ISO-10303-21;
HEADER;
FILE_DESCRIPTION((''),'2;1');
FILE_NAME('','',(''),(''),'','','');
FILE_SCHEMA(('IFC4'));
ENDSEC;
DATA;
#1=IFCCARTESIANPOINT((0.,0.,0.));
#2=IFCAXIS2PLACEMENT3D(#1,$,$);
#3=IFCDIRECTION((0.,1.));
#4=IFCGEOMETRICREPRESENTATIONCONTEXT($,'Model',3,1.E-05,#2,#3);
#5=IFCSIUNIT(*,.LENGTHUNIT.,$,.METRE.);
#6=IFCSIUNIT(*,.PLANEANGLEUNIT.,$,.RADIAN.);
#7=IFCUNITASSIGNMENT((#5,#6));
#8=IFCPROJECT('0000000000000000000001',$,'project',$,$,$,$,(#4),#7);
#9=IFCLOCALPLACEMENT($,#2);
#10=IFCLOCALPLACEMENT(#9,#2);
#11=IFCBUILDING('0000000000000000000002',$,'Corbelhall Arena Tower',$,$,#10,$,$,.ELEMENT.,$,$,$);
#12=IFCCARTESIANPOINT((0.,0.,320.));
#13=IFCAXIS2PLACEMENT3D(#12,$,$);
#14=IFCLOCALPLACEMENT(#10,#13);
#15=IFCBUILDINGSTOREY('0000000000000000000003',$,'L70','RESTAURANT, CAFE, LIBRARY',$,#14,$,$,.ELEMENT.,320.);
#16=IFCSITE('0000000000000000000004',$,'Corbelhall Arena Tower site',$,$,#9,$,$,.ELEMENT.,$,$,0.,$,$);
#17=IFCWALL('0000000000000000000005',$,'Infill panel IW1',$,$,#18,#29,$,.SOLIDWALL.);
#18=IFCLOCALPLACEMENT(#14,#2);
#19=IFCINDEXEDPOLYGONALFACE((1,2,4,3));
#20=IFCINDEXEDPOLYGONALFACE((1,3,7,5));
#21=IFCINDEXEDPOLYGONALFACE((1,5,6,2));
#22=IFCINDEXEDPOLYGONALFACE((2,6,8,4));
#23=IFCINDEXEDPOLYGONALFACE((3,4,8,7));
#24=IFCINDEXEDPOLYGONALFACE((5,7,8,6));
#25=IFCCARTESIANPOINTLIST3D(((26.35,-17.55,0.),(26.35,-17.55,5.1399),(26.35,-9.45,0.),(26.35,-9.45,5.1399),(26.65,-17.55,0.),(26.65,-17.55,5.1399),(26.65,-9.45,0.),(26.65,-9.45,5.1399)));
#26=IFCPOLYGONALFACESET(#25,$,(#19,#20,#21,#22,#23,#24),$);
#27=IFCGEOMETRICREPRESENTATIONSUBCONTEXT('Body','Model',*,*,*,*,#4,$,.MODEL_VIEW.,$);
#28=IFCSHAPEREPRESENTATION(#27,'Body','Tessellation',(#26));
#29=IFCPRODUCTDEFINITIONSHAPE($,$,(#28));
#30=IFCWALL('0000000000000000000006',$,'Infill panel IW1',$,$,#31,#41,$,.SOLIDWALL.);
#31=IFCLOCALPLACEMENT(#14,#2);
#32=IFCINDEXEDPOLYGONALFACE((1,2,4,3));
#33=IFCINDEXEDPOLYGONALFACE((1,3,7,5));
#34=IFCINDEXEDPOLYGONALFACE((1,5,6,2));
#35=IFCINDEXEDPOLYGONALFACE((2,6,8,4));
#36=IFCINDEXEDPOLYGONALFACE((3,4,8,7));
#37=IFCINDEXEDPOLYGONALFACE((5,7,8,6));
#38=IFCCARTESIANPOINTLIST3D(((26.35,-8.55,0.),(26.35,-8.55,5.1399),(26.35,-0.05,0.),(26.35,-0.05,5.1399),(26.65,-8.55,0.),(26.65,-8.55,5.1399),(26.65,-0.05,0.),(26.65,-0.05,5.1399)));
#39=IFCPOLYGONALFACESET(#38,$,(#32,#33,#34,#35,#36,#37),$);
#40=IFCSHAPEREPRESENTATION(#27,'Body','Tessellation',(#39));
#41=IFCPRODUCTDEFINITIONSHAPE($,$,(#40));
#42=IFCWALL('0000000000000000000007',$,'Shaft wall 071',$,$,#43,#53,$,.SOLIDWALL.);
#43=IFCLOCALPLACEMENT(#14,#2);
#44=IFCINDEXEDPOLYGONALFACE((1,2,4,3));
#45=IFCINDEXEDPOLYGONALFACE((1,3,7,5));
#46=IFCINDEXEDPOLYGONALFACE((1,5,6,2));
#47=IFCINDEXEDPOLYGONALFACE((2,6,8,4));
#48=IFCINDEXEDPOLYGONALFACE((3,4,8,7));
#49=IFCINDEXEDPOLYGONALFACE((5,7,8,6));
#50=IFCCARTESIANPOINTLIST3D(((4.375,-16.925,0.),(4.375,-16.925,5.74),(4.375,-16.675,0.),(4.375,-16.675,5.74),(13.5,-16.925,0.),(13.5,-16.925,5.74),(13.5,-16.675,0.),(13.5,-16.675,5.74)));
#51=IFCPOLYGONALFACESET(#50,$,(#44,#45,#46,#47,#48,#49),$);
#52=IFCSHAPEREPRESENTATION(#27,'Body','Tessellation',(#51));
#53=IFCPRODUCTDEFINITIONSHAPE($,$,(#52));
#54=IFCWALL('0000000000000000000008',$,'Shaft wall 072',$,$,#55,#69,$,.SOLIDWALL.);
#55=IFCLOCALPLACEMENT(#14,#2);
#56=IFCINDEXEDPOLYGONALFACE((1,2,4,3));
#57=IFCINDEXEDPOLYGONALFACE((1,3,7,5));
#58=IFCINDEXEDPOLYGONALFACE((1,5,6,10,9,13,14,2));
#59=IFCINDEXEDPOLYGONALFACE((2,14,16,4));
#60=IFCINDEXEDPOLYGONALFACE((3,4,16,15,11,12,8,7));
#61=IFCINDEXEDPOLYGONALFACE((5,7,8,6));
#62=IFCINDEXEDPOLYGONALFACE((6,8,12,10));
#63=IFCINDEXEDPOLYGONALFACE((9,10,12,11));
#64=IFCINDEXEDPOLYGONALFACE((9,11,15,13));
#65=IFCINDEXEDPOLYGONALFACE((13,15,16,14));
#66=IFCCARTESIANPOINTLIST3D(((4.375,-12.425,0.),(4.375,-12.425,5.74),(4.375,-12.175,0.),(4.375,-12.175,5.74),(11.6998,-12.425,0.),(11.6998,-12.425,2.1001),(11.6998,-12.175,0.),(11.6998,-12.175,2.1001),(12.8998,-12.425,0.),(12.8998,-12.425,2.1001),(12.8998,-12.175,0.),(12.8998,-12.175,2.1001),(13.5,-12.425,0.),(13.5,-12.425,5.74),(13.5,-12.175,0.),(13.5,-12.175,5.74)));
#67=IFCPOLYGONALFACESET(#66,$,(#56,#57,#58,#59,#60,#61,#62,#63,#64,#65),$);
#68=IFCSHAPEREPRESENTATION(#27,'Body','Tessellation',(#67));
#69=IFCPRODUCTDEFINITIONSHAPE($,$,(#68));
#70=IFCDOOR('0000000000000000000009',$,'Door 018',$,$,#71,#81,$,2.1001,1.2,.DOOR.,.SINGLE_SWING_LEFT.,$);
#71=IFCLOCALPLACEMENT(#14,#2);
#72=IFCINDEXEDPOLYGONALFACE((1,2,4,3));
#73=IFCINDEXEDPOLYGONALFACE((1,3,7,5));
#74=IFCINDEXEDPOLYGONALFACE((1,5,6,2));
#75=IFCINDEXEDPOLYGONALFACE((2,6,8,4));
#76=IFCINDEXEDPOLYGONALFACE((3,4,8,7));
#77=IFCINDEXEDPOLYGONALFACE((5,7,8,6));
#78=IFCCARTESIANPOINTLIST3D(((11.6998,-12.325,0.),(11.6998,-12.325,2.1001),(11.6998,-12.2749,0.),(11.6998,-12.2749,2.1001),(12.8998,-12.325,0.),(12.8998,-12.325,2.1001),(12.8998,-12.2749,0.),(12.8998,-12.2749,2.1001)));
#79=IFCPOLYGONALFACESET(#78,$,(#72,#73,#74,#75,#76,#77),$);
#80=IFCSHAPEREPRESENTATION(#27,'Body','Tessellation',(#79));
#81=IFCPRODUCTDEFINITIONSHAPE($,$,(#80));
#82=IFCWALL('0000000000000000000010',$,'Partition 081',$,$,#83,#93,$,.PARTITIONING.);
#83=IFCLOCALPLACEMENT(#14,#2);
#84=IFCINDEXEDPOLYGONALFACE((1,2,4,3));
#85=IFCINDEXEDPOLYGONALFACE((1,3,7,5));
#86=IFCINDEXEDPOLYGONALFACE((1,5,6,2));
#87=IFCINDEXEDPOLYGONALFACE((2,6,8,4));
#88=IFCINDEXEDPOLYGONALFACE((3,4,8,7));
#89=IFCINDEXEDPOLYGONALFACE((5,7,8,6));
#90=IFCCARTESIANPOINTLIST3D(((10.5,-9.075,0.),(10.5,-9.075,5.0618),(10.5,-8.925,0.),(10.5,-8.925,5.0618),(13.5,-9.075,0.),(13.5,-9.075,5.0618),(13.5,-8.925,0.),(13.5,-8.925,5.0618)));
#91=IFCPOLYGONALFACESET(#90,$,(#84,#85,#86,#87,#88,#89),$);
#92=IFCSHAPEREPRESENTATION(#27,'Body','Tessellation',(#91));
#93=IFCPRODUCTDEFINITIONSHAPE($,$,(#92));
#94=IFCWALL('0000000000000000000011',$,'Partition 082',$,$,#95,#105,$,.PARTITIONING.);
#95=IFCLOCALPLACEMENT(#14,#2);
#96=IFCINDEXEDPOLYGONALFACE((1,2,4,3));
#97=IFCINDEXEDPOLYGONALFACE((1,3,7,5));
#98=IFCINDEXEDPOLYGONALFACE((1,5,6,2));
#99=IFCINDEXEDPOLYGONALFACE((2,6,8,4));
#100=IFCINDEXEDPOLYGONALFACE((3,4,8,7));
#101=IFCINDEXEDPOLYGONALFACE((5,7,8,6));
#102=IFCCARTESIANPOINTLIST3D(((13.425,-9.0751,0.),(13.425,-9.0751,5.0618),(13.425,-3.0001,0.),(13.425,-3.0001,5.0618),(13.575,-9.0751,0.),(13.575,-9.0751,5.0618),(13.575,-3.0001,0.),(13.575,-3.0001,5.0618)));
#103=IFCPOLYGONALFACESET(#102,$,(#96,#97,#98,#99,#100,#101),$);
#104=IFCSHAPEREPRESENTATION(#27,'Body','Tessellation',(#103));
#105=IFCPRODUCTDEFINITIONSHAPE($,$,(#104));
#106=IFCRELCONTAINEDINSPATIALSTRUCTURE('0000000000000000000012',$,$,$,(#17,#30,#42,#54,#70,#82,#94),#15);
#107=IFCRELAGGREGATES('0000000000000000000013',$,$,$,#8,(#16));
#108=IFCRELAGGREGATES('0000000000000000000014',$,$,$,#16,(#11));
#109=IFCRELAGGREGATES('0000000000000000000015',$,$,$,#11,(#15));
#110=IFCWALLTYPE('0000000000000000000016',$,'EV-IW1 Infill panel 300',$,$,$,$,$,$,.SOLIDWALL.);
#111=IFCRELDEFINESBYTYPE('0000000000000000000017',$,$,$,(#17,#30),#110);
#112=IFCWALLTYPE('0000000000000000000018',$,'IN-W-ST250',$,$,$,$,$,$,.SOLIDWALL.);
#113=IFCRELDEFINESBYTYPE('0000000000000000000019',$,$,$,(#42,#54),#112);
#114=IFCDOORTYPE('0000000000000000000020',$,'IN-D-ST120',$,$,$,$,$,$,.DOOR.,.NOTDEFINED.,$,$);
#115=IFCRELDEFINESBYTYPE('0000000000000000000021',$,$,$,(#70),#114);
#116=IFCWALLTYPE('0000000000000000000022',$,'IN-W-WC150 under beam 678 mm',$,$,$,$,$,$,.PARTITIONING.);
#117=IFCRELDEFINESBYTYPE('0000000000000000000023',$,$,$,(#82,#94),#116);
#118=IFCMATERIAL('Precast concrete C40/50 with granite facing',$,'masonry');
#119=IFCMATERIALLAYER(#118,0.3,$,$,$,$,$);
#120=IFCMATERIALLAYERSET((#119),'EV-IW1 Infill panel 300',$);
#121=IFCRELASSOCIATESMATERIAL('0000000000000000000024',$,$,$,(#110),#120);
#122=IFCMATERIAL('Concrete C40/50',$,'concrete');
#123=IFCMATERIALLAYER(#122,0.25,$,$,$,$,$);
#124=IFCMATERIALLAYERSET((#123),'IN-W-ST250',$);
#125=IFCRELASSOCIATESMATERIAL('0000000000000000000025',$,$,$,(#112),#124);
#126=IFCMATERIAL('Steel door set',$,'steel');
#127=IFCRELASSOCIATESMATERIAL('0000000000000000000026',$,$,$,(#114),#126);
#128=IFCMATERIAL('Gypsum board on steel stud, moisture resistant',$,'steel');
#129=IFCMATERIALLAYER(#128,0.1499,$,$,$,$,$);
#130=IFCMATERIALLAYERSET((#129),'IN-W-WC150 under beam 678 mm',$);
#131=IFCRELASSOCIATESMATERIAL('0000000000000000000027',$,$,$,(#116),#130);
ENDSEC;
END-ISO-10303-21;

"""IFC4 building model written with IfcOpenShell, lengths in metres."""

from ifc_helpers import new_model, si_unit, direction, frame, frame_2d, origin, place, context, subcontext, project, spatial, rectangle, extrude, material, layer, layer_set, type_object, element, fill, save


model = new_model("IFC4")

# Units and contexts
model_context = context("Model", 3, precision=1e-05, world=origin(), true_north=direction((0.0, 1.0)))
body_context = subcontext(model_context, "Body", "Model", "MODEL_VIEW")
ifc_project = project(units=[si_unit("LENGTHUNIT", "METRE"), si_unit("PLANEANGLEUNIT", "RADIAN")], contexts=[model_context])

# Site, building, storey
site_placement = place(None, origin())
site = spatial("IfcSite", under=ifc_project, at=site_placement, Name="Corbelhall Arena Tower site", CompositionType="ELEMENT", RefElevation=0.0)
building_placement = place(site_placement, origin())
building = spatial("IfcBuilding", under=site, at=building_placement, Name="Corbelhall Arena Tower", CompositionType="ELEMENT")
storey_placement = place(building_placement, frame((0.0, 0.0, 320.0)))
storey = spatial("IfcBuildingStorey", under=building, at=storey_placement, Name="L70", Description="RESTAURANT, CAFE, LIBRARY", CompositionType="ELEMENT", Elevation=320.0)

# Walls
ifc_material_1 = material(Name="Precast concrete C40/50 with granite facing", Category="masonry")
ifc_layer_1 = layer(ifc_material_1, 0.3)
ifc_layer_set_1 = layer_set([ifc_layer_1], Name="EV-IW1 Infill panel 300")
wall_type_1 = type_object("IfcWallType", Name="EV-IW1 Infill panel 300", PredefinedType="SOLIDWALL", material=ifc_layer_set_1)
wall_1_placement = place(storey_placement, frame((26.5, -17.55, 0.0), z_axis=(0.0, 0.0, 1.0), x_axis=(0.0, 1.0, 0.0)))
element("IfcWall", 1, at=wall_1_placement, inside=storey, type_object=wall_type_1, Name="Infill panel IW1", PredefinedType="SOLIDWALL", context=body_context, shape_type="SweptSolid", body=[
    extrude(rectangle(XDim=8.1001, YDim=0.3, at=frame_2d((4.05, 0.0))), origin(), (0.0, 0.0, 1.0), 5.1399),
])
wall_2_placement = place(storey_placement, frame((26.5, -8.55, 0.0), z_axis=(0.0, 0.0, 1.0), x_axis=(0.0, 1.0, 0.0)))
element("IfcWall", 2, at=wall_2_placement, inside=storey, type_object=wall_type_1, Name="Infill panel IW1", PredefinedType="SOLIDWALL", context=body_context, shape_type="SweptSolid", body=[
    extrude(rectangle(XDim=8.5, YDim=0.3, at=frame_2d((4.25, 0.0))), origin(), (0.0, 0.0, 1.0), 5.1399),
])
ifc_material_2 = material(Name="Concrete C40/50", Category="concrete")
ifc_layer_2 = layer(ifc_material_2, 0.25)
ifc_layer_set_2 = layer_set([ifc_layer_2], Name="IN-W-ST250")
wall_type_2 = type_object("IfcWallType", Name="IN-W-ST250", PredefinedType="SOLIDWALL", material=ifc_layer_set_2)
wall_3_placement = place(storey_placement, frame((13.5, -16.8, 0.0), z_axis=(0.0, 0.0, 1.0), x_axis=(-1.0, 0.0, 0.0)))
element("IfcWall", 3, at=wall_3_placement, inside=storey, type_object=wall_type_2, Name="Shaft wall 071", PredefinedType="SOLIDWALL", context=body_context, shape_type="SweptSolid", body=[
    extrude(rectangle(XDim=9.125, YDim=0.25, at=frame_2d((4.5625, 0.0))), origin(), (0.0, 0.0, 1.0), 5.74),
])

# Wall, opening, door
wall_4_placement = place(storey_placement, frame((13.5, -12.3, 0.0), z_axis=(0.0, 0.0, 1.0), x_axis=(-1.0, 0.0, 0.0)))
wall_4 = element("IfcWall", 4, at=wall_4_placement, inside=storey, type_object=wall_type_2, Name="Shaft wall 072", PredefinedType="SOLIDWALL", context=body_context, shape_type="SweptSolid", body=[
    extrude(rectangle(XDim=9.125, YDim=0.25, at=frame_2d((4.5625, 0.0))), origin(), (0.0, 0.0, 1.0), 5.74),
])
opening_placement = place(wall_4_placement, frame((0.6001, 0.0, 0.0)))
opening = element("IfcOpeningElement", 5, at=opening_placement, cuts=wall_4, PredefinedType="OPENING", context=body_context, shape_type="SweptSolid", body=[
    extrude(rectangle(XDim=1.2, YDim=2.1001, at=frame_2d((0.6001, 1.05))), frame((0.0, 0.125, 0.0), z_axis=(0.0, -1.0, 0.0), x_axis=(1.0, 0.0, 0.0)), (0.0, 0.0, 1.0), 0.25),
])
ifc_material_3 = material(Name="Steel door set", Category="steel")
door_type = type_object("IfcDoorType", Name="IN-D-ST120", OperationType="NOTDEFINED", PredefinedType="DOOR", material=ifc_material_3)
door_placement = place(opening_placement, origin())
door = element("IfcDoor", 6, at=door_placement, inside=storey, type_object=door_type, Name="Door 018", OperationType="SINGLE_SWING_LEFT", OverallHeight=2.1001, OverallWidth=1.2, PredefinedType="DOOR", context=body_context, shape_type="SweptSolid", body=[
    extrude(rectangle(XDim=1.2, YDim=2.1001, at=frame_2d((0.6001, 1.05))), frame((0.0, 0.0249, 0.0), z_axis=(0.0, -1.0, 0.0), x_axis=(1.0, 0.0, 0.0)), (0.0, 0.0, 1.0), 0.05),
])
fill(opening, door)

# Walls
ifc_material_4 = material(Name="Gypsum board on steel stud, moisture resistant", Category="steel")
ifc_layer_3 = layer(ifc_material_4, 0.1499)
ifc_layer_set_3 = layer_set([ifc_layer_3], Name="IN-W-WC150 under beam 678 mm")
wall_type_3 = type_object("IfcWallType", Name="IN-W-WC150 under beam 678 mm", PredefinedType="PARTITIONING", material=ifc_layer_set_3)
wall_5_placement = place(storey_placement, frame((13.5, -9.0, 0.0), z_axis=(0.0, 0.0, 1.0), x_axis=(-1.0, 0.0, 0.0)))
element("IfcWall", 7, at=wall_5_placement, inside=storey, type_object=wall_type_3, Name="Partition 081", PredefinedType="PARTITIONING", context=body_context, shape_type="SweptSolid", body=[
    extrude(rectangle(XDim=3.0, YDim=0.1499, at=frame_2d((1.5, 0.0))), origin(), (0.0, 0.0, 1.0), 5.0618),
])
wall_6_placement = place(storey_placement, frame((13.5, -3.0, 0.0), z_axis=(0.0, 0.0, 1.0), x_axis=(0.0, -1.0, 0.0)))
element("IfcWall", 8, at=wall_6_placement, inside=storey, type_object=wall_type_3, Name="Partition 082", PredefinedType="PARTITIONING", context=body_context, shape_type="SweptSolid", body=[
    extrude(rectangle(XDim=6.075, YDim=0.1499, at=frame_2d((3.0376, 0.0))), origin(), (0.0, 0.0, 1.0), 5.0618),
])

save(model, "model.ifc")
